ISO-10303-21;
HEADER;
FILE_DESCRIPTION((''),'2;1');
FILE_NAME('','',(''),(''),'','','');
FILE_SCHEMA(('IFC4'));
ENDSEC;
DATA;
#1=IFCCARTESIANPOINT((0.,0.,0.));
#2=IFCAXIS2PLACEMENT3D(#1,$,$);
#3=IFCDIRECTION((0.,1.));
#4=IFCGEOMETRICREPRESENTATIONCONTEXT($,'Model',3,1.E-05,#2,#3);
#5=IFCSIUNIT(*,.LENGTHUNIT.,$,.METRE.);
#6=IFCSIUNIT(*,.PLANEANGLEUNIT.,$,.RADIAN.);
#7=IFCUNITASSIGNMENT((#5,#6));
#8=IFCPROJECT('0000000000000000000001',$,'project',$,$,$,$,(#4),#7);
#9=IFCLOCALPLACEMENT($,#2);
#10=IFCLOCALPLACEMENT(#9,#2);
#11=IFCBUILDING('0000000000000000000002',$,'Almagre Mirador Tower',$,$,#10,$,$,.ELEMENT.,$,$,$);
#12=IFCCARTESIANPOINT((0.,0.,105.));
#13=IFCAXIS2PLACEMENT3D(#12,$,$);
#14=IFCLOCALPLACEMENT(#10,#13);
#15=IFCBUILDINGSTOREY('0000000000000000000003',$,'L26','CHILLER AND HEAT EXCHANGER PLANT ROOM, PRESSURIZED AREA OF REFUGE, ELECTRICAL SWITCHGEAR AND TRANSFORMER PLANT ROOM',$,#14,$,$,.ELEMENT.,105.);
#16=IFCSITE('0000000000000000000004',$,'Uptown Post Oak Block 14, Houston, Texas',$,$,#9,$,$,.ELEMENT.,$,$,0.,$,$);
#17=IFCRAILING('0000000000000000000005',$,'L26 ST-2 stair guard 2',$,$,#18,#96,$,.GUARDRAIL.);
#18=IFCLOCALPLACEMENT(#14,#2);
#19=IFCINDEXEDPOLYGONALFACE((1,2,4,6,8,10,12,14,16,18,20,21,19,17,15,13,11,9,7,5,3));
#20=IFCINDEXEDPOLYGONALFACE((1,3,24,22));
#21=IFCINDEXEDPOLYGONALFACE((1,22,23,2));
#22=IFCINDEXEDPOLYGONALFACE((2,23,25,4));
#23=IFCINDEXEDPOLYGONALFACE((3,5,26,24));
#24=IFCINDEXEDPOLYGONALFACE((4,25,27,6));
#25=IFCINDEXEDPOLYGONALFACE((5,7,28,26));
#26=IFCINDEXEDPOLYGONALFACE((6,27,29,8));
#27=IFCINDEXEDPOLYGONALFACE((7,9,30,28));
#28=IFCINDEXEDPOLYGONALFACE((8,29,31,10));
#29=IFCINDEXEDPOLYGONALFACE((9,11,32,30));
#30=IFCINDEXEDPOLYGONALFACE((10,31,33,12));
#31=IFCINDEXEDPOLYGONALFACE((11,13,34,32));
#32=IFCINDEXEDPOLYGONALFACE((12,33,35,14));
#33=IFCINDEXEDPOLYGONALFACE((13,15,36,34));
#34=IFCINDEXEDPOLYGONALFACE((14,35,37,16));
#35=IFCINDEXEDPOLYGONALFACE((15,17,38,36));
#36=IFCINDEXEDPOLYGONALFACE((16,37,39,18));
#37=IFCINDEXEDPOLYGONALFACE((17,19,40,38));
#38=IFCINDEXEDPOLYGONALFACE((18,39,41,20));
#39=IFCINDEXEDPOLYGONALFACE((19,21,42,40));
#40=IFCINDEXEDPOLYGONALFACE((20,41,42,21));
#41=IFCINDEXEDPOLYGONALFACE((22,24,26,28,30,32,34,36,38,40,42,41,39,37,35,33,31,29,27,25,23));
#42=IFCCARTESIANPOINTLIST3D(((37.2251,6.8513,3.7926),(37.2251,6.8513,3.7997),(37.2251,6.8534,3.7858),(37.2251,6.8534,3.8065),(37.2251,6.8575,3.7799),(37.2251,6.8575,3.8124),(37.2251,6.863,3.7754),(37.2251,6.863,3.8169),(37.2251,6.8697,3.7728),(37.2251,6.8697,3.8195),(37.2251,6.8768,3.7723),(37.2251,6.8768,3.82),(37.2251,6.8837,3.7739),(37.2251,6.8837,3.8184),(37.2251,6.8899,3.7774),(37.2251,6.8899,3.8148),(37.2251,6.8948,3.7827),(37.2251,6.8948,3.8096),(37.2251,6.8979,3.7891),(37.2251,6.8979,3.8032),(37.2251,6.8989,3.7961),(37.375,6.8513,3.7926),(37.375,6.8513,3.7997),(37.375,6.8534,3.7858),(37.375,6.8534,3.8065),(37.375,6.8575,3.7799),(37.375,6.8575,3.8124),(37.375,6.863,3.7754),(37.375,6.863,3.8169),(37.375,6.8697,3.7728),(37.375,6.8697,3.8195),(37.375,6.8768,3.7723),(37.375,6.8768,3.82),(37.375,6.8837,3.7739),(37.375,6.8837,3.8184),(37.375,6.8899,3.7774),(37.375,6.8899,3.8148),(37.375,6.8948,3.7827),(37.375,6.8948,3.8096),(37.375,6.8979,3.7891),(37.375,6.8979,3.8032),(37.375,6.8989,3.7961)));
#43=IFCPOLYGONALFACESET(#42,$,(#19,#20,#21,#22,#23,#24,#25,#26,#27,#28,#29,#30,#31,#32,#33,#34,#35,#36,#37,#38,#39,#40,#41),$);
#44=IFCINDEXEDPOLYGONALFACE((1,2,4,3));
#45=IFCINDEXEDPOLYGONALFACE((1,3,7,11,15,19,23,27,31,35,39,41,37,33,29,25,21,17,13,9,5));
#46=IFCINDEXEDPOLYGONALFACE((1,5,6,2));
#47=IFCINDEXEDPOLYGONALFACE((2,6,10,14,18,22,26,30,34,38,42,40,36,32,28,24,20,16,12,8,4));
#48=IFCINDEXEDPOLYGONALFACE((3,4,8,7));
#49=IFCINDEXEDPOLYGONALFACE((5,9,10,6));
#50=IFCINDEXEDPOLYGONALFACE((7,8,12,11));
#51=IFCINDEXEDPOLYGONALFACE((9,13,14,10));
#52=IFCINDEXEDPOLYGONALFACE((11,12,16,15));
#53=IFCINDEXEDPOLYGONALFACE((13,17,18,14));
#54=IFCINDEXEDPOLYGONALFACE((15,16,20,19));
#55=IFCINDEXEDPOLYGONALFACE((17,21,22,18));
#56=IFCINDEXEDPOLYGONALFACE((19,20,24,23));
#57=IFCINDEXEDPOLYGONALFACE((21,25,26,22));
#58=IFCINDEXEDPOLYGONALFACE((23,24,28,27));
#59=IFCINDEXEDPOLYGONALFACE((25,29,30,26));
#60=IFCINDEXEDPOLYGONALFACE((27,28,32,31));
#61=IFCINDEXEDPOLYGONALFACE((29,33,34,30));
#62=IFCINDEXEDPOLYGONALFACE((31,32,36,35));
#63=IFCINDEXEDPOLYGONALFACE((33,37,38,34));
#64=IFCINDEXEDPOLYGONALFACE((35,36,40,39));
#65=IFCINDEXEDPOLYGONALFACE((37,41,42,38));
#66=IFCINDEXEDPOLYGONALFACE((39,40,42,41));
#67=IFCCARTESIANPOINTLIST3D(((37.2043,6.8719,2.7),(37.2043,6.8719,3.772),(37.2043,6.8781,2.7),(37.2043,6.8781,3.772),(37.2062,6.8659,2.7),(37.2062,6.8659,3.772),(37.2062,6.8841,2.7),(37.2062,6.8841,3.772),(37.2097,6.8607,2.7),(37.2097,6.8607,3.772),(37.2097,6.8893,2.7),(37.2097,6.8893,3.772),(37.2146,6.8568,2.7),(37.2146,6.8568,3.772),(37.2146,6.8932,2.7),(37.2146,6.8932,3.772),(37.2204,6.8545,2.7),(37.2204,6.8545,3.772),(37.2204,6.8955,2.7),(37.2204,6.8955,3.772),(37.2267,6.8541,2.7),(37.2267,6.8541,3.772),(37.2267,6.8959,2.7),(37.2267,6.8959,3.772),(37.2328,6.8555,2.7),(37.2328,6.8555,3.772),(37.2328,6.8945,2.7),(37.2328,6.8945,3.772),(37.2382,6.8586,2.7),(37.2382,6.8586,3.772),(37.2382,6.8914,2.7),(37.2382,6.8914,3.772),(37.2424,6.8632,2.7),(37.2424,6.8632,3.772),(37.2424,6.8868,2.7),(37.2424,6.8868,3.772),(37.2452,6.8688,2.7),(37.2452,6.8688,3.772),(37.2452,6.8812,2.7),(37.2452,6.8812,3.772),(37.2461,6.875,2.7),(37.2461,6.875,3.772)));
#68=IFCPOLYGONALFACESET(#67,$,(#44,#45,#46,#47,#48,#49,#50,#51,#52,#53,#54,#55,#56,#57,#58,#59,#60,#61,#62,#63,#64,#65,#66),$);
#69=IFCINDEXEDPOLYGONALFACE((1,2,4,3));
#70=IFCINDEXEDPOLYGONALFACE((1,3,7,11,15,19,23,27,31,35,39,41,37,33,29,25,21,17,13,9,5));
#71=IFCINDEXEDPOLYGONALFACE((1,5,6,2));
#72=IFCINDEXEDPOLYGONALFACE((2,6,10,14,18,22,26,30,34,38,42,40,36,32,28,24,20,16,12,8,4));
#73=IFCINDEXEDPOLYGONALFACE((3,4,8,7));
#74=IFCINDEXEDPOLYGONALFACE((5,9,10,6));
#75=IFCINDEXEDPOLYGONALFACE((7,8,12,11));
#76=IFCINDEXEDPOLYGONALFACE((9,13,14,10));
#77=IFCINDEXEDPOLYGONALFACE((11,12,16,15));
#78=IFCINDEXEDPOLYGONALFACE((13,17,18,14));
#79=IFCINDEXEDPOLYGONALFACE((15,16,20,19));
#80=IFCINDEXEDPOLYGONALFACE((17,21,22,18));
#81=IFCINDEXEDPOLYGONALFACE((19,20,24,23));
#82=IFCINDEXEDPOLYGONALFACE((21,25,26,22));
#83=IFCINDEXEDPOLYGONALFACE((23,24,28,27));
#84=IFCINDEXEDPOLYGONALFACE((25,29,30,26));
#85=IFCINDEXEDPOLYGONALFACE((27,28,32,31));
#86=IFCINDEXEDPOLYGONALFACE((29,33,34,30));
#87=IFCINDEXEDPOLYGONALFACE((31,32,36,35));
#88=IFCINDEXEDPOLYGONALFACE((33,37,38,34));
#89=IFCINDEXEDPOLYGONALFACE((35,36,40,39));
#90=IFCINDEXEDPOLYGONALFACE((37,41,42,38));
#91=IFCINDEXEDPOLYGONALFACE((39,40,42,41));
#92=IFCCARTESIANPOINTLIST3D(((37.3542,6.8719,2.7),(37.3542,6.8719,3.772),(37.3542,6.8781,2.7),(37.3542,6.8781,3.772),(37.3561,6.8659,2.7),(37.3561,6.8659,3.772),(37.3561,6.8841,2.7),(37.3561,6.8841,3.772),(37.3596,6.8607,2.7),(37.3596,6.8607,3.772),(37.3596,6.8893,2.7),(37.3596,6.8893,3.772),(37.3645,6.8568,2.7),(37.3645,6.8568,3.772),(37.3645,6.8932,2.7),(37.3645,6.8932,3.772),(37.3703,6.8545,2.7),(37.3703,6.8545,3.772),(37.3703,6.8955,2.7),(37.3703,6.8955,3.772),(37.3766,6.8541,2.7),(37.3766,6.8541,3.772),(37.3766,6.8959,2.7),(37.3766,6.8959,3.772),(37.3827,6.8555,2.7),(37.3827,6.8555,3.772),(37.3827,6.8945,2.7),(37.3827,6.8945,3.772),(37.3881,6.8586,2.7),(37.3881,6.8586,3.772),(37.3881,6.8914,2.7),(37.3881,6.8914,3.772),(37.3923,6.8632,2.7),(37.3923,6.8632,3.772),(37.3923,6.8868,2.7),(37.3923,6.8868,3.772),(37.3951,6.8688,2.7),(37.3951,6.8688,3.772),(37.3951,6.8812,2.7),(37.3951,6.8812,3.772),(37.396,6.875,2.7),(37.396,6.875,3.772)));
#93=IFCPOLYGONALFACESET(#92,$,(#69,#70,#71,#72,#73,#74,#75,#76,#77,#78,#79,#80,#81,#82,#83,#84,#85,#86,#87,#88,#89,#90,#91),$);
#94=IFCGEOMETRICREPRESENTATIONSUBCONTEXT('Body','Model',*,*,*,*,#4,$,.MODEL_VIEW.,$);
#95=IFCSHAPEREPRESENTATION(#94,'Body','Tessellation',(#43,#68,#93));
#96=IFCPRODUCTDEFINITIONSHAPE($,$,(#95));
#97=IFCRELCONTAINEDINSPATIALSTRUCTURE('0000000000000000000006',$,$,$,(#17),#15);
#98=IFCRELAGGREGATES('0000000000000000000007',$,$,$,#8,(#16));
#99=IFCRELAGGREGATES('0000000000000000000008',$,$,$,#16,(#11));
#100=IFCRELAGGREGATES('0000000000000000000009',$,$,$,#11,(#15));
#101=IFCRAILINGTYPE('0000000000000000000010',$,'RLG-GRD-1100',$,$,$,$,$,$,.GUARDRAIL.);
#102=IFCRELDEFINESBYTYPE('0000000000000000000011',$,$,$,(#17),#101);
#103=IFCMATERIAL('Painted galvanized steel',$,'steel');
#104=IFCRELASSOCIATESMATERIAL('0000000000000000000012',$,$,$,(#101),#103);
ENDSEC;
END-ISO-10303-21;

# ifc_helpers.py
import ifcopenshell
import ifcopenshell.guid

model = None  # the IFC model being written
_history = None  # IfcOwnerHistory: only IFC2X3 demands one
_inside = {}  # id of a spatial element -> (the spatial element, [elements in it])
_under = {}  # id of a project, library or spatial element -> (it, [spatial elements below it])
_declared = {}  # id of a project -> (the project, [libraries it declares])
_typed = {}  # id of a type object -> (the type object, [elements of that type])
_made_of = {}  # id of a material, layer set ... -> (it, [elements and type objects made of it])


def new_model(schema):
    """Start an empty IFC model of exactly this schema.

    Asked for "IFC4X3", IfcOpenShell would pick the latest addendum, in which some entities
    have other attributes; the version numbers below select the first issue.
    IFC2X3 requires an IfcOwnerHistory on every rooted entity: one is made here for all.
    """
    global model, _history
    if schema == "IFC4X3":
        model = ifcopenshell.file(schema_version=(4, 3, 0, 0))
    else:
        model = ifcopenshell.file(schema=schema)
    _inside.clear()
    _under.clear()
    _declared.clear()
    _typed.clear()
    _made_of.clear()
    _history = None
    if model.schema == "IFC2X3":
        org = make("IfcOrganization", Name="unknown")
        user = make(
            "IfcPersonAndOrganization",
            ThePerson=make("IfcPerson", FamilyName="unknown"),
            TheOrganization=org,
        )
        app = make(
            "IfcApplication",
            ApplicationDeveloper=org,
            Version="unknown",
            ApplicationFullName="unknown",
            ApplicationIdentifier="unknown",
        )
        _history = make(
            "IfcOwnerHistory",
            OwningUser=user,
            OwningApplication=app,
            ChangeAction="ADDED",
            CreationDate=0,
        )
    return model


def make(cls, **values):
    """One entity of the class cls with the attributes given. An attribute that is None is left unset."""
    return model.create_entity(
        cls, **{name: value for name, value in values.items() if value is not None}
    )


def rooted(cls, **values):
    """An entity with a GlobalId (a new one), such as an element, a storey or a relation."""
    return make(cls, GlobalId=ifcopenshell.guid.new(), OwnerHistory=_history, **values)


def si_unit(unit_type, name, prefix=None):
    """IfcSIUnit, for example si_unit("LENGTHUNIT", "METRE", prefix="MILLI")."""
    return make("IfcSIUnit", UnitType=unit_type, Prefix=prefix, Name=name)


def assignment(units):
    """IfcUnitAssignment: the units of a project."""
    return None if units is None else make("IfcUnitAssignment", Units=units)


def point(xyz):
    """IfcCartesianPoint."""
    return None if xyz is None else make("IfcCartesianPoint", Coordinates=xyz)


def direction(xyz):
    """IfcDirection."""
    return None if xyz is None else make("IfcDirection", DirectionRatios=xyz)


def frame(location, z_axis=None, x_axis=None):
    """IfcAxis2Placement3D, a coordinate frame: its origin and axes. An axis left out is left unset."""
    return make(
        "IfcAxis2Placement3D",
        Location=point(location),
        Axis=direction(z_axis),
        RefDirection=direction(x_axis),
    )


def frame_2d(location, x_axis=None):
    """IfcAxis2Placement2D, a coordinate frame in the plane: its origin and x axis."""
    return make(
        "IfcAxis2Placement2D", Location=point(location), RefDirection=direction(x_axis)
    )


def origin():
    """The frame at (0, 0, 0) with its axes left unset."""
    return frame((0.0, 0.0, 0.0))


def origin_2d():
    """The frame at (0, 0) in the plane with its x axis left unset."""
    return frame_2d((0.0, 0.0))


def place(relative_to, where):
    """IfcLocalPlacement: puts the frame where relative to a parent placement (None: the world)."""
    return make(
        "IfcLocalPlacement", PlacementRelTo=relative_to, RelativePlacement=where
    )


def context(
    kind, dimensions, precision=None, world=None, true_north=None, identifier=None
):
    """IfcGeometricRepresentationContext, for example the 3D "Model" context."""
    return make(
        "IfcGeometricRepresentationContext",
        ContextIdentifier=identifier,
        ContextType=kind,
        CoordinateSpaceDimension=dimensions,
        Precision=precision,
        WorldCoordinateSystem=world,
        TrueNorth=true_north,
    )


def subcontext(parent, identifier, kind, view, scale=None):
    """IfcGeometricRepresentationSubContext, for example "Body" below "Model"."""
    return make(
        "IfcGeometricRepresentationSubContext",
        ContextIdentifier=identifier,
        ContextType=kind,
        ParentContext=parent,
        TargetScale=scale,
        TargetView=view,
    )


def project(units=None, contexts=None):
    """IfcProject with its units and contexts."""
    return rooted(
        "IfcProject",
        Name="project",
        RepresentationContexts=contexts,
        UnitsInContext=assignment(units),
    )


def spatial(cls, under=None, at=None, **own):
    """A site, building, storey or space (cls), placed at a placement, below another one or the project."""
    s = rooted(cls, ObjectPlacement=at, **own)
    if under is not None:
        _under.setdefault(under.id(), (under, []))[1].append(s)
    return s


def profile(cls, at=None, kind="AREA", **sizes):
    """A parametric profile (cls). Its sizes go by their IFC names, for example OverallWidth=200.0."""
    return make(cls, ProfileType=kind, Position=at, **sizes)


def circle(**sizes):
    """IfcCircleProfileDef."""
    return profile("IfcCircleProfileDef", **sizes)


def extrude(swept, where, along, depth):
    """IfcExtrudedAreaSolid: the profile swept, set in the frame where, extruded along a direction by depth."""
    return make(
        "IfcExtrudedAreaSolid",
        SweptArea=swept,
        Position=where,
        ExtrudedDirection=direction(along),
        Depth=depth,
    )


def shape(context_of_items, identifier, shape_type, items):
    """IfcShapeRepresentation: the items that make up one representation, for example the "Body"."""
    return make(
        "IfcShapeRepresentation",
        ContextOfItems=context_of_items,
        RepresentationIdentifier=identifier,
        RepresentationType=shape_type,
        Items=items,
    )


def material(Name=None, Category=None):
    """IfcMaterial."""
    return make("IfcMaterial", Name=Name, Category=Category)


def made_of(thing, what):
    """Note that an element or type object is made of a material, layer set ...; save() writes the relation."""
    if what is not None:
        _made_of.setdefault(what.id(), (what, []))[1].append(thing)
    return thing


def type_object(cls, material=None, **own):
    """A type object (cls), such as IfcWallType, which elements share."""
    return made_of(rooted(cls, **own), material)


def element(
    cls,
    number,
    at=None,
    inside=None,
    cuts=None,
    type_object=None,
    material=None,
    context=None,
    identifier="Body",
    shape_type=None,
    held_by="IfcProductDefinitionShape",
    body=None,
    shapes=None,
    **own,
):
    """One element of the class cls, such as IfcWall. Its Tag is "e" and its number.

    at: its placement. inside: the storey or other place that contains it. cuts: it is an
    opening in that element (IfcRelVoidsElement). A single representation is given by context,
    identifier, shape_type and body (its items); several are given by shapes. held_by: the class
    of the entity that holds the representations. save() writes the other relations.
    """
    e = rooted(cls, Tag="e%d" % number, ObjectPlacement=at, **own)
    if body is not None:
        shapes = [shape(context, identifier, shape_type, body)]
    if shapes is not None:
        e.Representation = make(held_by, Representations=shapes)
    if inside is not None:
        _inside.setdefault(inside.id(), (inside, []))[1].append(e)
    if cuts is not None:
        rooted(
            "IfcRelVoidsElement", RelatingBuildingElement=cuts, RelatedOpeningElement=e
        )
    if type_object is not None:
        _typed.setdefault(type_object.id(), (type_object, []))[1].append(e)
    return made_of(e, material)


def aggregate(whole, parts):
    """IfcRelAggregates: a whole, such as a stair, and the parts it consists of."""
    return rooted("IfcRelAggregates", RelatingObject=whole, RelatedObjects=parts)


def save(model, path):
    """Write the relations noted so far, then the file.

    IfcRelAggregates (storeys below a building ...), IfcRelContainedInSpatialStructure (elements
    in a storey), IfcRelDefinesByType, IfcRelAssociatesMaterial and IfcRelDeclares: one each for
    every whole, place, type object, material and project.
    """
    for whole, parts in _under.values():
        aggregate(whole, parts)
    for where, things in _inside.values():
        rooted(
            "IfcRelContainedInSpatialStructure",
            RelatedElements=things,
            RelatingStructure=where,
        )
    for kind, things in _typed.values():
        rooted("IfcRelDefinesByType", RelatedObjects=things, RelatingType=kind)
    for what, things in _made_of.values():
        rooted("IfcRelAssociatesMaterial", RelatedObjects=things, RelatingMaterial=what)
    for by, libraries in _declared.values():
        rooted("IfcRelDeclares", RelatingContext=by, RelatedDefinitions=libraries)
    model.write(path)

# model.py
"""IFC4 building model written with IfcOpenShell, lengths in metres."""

from ifc_helpers import new_model, si_unit, direction, frame, origin, origin_2d, place, context, subcontext, project, spatial, circle, extrude, material, type_object, element, save


model = new_model("IFC4")

# Units and contexts
model_context = context("Model", 3, precision=1e-05, world=origin(), true_north=direction((0.0, 1.0)))
body_context = subcontext(model_context, "Body", "Model", "MODEL_VIEW")
ifc_project = project(units=[si_unit("LENGTHUNIT", "METRE"), si_unit("PLANEANGLEUNIT", "RADIAN")], contexts=[model_context])

# Site, building, storey
site_placement = place(None, origin())
site = spatial("IfcSite", under=ifc_project, at=site_placement, Name="Uptown Post Oak Block 14, Houston, Texas", CompositionType="ELEMENT", RefElevation=0.0)
building_placement = place(site_placement, origin())
building = spatial("IfcBuilding", under=site, at=building_placement, Name="Almagre Mirador Tower", CompositionType="ELEMENT")
storey_placement = place(building_placement, frame((0.0, 0.0, 105.0)))
storey = spatial("IfcBuildingStorey", under=building, at=storey_placement, Name="L26", Description="CHILLER AND HEAT EXCHANGER PLANT ROOM, PRESSURIZED AREA OF REFUGE, ELECTRICAL SWITCHGEAR AND TRANSFORMER PLANT ROOM", CompositionType="ELEMENT", Elevation=105.0)

# Railing
ifc_material_1 = material(Name="Painted galvanized steel", Category="steel")
railing_type = type_object("IfcRailingType", Name="RLG-GRD-1100", PredefinedType="GUARDRAIL", material=ifc_material_1)
railing_placement = place(storey_placement, frame((37.2251, 6.875, 2.7)))
element("IfcRailing", 1, at=railing_placement, inside=storey, type_object=railing_type, Name="L26 ST-2 stair guard 2", PredefinedType="GUARDRAIL", context=body_context, shape_type="SweptSolid", body=[
    extrude(circle(Radius=0.0239, at=origin_2d()), frame((0.0, 0.0, 1.0962), z_axis=(1.0, 0.0, 0.0), x_axis=(0.0, 1.0, 0.0)), (0.0, 0.0, 1.0), 0.1499),
    extrude(circle(Radius=0.021, at=origin_2d()), origin(), (0.0, 0.0, 1.0), 1.072),
    extrude(circle(Radius=0.021, at=origin_2d()), frame((0.1499, 0.0, 0.0)), (0.0, 0.0, 1.0), 1.072),
])

save(model, "model.ifc")
